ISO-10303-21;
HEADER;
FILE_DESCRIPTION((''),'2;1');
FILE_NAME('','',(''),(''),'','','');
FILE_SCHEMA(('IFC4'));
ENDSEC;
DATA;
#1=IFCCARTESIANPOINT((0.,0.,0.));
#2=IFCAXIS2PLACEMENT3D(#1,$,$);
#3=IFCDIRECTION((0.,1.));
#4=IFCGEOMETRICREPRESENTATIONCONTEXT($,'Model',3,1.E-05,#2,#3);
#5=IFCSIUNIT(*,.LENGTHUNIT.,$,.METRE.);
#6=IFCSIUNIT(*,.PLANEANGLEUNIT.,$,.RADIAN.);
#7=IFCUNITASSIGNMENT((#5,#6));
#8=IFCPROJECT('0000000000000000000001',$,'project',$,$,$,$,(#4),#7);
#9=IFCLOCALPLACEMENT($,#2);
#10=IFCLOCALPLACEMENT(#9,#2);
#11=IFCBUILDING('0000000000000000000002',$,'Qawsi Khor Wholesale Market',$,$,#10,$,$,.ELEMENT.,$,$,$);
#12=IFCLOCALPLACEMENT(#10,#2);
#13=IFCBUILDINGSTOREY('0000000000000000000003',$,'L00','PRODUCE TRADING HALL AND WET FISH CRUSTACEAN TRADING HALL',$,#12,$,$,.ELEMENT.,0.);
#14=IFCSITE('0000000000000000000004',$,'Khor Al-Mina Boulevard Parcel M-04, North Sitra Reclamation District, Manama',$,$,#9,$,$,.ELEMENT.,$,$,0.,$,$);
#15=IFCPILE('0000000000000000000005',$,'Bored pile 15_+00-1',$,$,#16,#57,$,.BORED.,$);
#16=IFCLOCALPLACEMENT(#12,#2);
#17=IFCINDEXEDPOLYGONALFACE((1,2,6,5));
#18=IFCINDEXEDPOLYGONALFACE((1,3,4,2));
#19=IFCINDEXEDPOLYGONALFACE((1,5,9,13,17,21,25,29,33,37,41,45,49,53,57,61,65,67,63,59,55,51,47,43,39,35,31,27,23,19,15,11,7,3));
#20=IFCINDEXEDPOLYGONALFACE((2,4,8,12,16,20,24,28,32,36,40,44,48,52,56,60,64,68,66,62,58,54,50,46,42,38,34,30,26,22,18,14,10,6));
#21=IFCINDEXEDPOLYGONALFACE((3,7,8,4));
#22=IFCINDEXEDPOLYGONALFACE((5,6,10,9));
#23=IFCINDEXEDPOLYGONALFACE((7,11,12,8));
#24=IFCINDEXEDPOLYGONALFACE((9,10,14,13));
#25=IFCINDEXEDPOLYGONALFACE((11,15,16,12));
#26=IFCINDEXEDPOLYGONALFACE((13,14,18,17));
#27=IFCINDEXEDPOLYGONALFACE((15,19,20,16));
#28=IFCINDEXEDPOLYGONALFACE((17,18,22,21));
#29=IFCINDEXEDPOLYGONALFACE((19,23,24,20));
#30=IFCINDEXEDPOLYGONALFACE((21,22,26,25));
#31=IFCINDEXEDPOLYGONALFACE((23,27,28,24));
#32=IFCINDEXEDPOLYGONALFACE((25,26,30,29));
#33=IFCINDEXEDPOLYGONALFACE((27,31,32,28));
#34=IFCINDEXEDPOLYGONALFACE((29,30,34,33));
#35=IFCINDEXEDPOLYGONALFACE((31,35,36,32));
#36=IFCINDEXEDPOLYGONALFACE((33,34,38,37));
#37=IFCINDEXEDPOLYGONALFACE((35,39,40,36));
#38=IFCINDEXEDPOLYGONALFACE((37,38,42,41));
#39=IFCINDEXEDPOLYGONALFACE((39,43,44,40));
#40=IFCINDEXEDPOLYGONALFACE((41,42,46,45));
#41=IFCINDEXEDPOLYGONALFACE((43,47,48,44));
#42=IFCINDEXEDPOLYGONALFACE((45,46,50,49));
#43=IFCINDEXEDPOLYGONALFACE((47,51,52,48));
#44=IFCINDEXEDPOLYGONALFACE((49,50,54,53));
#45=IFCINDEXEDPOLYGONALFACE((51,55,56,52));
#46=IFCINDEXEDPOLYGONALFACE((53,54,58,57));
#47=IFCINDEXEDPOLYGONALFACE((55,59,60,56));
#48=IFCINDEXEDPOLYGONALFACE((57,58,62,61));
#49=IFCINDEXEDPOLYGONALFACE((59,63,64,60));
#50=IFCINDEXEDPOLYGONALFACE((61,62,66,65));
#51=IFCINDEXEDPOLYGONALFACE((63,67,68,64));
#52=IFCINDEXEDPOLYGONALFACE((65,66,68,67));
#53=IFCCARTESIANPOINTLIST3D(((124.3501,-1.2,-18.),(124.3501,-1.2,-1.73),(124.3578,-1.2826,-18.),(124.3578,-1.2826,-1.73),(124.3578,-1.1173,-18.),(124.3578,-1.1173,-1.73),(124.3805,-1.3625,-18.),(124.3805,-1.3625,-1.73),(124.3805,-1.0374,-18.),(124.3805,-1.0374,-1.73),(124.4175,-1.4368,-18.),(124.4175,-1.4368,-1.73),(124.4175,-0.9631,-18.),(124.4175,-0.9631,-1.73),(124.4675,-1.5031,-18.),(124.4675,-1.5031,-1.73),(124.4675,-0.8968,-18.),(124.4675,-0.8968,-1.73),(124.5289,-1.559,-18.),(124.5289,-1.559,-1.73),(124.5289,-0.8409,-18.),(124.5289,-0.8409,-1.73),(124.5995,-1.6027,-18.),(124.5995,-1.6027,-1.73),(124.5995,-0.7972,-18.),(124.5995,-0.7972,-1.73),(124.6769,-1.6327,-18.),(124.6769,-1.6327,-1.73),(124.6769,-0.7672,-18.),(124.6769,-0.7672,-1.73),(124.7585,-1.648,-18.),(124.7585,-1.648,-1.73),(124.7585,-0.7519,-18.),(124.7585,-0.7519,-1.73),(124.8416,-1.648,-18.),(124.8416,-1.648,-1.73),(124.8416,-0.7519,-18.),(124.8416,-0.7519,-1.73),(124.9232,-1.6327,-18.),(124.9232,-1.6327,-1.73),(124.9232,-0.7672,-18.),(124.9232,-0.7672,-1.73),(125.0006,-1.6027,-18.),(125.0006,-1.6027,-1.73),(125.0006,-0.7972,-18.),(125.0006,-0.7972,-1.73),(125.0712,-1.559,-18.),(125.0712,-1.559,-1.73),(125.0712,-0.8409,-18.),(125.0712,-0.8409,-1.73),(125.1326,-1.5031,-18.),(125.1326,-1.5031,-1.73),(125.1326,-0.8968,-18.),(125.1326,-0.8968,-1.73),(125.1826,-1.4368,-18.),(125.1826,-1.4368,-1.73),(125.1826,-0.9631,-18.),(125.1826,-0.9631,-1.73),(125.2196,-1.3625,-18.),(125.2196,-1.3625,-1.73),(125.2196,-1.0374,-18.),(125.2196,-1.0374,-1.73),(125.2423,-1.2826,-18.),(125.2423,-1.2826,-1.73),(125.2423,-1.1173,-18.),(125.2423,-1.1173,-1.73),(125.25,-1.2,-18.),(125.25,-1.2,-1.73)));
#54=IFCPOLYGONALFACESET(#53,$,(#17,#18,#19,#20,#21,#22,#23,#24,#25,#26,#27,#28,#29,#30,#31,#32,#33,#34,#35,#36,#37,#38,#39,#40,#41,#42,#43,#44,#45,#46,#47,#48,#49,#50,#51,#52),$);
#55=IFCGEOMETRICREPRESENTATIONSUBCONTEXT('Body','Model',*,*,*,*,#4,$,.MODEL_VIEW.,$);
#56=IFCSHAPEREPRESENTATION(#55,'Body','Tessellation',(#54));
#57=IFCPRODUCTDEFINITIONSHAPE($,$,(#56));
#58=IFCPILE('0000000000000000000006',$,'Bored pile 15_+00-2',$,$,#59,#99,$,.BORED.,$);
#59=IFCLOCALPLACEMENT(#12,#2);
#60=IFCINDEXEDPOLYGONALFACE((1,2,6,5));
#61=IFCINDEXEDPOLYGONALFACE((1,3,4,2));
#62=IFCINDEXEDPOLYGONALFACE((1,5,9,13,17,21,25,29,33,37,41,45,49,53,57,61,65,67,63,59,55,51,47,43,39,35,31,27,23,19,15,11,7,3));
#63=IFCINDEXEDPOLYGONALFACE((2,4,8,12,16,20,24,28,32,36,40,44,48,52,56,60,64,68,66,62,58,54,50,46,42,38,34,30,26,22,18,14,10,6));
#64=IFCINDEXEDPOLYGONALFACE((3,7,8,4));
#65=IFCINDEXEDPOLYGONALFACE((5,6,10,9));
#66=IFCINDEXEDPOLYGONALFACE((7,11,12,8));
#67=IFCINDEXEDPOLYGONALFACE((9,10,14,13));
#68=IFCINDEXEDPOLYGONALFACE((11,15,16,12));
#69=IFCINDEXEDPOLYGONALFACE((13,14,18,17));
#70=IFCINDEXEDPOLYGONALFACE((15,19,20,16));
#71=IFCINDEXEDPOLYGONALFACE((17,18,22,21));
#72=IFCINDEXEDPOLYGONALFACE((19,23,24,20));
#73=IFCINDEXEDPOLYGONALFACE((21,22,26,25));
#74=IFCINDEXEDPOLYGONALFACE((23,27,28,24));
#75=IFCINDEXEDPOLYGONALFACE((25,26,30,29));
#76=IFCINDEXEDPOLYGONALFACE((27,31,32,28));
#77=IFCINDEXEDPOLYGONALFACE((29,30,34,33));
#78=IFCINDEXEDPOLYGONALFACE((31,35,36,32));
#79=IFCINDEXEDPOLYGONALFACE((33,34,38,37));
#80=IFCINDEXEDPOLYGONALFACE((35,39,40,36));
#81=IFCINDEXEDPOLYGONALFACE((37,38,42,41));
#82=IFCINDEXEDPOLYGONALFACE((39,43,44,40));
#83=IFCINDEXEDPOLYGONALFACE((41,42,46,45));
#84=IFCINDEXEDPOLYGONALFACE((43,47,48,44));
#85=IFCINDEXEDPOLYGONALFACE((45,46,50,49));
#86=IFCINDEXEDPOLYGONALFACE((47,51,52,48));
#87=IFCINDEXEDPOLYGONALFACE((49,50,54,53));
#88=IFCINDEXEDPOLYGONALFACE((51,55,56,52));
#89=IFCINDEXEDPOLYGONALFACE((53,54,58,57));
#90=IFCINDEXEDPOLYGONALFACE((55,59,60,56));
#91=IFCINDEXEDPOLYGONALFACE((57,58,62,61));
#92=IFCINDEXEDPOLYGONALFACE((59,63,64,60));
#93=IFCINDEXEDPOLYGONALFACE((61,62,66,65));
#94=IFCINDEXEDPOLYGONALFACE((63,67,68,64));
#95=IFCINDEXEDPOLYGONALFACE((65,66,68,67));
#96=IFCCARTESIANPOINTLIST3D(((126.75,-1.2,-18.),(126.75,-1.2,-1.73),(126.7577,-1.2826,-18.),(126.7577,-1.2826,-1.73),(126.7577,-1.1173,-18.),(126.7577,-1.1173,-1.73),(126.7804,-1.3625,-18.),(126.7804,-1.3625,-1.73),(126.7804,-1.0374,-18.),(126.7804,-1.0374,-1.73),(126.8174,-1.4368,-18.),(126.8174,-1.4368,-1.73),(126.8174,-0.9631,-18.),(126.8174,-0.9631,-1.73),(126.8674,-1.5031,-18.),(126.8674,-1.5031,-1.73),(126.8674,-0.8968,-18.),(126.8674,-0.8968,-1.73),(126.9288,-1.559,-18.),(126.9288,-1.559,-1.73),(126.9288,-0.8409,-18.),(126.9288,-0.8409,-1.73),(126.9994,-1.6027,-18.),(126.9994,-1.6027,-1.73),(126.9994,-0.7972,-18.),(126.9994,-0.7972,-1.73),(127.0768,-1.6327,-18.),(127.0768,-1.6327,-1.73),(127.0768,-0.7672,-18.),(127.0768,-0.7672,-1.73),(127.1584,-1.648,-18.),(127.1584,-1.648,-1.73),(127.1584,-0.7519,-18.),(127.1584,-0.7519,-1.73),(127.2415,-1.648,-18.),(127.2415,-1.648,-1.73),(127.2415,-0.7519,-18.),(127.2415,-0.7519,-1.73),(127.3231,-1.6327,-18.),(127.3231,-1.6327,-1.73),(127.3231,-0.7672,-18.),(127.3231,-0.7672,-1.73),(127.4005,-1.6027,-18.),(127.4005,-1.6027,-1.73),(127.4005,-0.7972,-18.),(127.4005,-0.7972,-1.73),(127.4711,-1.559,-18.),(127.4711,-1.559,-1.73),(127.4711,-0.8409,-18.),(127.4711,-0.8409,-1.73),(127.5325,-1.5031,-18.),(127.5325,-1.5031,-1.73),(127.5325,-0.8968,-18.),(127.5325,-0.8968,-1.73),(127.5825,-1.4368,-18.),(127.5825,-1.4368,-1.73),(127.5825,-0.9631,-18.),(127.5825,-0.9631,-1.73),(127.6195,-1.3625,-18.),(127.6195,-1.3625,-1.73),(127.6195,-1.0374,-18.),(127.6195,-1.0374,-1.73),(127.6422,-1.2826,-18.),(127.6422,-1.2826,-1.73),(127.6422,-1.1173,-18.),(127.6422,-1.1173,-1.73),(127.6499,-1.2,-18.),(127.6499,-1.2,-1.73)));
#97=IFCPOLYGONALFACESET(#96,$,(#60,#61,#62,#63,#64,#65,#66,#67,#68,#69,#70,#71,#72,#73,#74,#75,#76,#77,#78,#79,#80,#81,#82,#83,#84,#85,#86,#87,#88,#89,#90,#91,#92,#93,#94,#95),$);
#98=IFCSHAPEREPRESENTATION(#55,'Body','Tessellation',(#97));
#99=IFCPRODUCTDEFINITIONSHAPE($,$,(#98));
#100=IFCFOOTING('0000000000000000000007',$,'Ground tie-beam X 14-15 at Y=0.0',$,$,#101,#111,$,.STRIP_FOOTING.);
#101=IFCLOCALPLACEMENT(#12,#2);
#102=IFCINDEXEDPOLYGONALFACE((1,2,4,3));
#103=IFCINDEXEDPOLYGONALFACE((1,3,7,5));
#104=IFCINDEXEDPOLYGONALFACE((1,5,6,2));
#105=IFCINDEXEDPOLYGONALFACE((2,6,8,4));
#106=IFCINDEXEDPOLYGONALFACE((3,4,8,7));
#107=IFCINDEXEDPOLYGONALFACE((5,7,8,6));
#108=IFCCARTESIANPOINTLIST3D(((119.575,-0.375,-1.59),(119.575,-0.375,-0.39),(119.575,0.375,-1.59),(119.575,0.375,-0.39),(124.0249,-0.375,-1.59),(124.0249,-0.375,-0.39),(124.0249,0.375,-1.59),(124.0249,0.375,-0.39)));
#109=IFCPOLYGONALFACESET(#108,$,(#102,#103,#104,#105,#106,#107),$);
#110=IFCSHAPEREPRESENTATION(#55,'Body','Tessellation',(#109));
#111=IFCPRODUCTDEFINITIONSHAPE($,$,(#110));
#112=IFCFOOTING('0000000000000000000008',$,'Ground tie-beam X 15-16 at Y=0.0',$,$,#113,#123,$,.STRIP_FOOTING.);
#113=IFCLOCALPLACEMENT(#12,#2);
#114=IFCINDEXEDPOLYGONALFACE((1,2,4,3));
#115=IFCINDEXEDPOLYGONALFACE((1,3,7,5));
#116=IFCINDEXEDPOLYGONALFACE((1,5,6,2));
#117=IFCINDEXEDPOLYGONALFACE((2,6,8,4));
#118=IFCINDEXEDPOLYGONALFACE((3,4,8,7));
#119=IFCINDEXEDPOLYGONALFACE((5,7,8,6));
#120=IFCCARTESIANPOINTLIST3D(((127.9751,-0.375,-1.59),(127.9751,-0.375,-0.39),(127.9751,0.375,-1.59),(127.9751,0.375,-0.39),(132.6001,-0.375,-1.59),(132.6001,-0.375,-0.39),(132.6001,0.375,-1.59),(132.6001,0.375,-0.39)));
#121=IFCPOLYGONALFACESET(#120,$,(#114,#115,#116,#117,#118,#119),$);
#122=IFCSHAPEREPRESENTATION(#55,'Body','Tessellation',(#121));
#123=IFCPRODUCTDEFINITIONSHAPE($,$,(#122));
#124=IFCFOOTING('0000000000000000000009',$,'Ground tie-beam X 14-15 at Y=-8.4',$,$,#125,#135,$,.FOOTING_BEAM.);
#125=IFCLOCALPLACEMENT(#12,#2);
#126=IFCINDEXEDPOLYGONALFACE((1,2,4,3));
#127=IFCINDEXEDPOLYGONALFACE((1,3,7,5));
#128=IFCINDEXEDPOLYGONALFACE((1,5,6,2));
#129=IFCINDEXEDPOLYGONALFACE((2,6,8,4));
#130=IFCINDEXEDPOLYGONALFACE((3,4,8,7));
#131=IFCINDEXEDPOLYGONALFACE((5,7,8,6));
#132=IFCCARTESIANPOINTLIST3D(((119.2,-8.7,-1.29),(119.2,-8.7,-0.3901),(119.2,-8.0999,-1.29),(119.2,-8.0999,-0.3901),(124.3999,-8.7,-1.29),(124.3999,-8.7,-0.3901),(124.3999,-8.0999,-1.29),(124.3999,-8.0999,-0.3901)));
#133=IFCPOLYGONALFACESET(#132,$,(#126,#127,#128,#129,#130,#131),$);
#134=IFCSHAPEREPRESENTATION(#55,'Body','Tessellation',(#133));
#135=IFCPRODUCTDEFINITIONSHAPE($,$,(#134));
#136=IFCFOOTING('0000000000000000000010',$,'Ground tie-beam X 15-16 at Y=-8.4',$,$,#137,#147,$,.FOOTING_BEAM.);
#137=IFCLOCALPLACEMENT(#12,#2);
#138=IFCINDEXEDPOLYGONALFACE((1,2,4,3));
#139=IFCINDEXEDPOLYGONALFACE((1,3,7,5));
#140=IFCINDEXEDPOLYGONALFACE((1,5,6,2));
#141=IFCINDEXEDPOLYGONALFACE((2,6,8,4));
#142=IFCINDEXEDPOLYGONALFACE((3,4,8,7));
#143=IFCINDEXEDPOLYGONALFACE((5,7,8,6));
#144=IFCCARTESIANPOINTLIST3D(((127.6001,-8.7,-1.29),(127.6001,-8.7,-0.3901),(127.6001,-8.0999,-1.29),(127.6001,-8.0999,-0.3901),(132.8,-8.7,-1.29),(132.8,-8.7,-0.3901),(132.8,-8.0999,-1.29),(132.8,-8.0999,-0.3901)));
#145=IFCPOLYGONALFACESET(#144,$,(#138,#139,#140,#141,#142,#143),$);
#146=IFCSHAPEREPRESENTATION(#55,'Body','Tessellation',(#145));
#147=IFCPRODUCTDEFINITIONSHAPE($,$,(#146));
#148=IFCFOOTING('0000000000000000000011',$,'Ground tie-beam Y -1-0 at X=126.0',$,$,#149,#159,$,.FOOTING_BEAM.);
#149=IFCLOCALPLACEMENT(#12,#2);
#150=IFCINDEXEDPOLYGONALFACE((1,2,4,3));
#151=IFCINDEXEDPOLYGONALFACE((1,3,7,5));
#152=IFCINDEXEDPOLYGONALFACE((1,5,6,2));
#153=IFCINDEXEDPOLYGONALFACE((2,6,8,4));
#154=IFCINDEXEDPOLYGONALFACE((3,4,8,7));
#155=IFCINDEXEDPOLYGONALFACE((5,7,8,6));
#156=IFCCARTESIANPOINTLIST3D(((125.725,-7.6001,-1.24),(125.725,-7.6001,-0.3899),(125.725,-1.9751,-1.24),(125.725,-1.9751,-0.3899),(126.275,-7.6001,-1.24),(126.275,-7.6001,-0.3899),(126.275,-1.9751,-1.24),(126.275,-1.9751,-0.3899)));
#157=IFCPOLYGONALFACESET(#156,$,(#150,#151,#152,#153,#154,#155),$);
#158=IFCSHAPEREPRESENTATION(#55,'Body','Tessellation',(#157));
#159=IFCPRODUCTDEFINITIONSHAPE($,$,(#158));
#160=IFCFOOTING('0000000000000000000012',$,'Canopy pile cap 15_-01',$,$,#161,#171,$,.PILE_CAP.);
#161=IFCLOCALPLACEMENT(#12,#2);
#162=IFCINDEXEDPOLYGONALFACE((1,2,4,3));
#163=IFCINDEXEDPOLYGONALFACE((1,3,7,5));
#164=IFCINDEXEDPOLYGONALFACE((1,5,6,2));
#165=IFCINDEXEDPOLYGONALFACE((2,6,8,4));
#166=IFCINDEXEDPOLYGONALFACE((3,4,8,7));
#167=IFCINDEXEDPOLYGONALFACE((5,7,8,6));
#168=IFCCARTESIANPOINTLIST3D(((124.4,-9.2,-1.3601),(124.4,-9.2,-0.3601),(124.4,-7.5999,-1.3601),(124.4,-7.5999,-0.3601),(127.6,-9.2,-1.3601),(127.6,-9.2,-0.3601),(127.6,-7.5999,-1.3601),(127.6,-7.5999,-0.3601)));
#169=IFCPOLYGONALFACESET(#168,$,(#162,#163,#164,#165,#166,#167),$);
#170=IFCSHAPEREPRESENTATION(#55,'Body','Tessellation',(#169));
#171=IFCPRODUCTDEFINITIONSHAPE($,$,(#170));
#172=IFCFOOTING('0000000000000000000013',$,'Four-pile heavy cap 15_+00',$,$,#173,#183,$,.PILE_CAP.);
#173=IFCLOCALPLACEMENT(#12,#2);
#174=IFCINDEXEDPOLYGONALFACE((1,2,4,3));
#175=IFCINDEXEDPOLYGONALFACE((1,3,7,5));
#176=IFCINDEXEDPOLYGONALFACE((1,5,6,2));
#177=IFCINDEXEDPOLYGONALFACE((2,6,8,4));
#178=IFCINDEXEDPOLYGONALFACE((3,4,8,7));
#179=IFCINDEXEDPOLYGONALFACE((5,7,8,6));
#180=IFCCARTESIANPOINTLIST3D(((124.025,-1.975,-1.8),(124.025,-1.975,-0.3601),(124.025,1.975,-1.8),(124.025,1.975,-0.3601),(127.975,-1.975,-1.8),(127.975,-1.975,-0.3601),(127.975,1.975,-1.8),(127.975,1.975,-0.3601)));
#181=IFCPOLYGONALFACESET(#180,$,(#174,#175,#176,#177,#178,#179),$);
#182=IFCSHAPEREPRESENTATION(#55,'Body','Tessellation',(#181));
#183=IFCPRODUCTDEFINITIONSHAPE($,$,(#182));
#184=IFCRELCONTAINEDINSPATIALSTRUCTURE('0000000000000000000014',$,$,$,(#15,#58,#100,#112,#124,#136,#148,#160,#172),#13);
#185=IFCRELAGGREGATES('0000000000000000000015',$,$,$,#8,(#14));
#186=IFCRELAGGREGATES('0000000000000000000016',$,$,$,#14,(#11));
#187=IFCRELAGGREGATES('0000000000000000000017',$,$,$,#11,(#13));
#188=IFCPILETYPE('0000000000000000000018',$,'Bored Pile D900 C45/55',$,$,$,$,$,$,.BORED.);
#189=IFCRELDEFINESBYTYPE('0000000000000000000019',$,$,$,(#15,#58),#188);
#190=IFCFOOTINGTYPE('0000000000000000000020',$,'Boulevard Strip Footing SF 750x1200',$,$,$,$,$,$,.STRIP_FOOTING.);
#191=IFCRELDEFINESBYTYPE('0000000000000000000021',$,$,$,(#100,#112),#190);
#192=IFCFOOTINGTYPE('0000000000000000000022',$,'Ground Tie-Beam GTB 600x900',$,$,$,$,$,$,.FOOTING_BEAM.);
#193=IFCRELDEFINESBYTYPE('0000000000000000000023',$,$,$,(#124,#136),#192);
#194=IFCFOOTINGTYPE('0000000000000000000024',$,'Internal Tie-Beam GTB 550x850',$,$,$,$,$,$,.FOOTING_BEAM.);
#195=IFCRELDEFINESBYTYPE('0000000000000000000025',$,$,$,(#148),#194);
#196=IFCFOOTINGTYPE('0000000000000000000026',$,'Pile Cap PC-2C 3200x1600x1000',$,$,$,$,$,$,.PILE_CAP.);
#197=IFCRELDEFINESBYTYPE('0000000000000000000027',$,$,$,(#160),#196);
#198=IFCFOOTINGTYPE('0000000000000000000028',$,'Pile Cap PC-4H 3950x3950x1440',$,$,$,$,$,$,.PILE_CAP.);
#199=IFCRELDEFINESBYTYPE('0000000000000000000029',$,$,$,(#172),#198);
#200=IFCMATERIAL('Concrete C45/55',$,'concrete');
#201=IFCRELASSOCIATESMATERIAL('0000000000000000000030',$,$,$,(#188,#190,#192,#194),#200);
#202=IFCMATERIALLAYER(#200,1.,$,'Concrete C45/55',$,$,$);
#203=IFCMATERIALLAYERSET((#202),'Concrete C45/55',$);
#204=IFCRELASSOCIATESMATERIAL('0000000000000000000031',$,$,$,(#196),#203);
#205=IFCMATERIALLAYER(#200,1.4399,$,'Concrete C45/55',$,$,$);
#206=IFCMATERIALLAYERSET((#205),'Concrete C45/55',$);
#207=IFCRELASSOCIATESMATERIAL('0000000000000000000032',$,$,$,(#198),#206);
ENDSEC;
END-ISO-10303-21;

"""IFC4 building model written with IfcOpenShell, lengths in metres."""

from ifc_helpers import new_model, si_unit, direction, frame, origin, origin_2d, place, context, subcontext, project, spatial, rectangle, circle, extrude, material, layer, layer_set, material_profile, profile_set, type_object, element, save


model = new_model("IFC4")

# Units and contexts
model_context = context("Model", 3, precision=1e-05, world=origin(), true_north=direction((0.0, 1.0)))
body_context = subcontext(model_context, "Body", "Model", "MODEL_VIEW")
ifc_project = project(units=[si_unit("LENGTHUNIT", "METRE"), si_unit("PLANEANGLEUNIT", "RADIAN")], contexts=[model_context])

# Site, building, storey
site_placement = place(None, origin())
site = spatial("IfcSite", under=ifc_project, at=site_placement, Name="Khor Al-Mina Boulevard Parcel M-04, North Sitra Reclamation District, Manama", CompositionType="ELEMENT", RefElevation=0.0)
building_placement = place(site_placement, origin())
building = spatial("IfcBuilding", under=site, at=building_placement, Name="Qawsi Khor Wholesale Market", CompositionType="ELEMENT")
storey_placement = place(building_placement, origin())
storey = spatial("IfcBuildingStorey", under=building, at=storey_placement, Name="L00", Description="PRODUCE TRADING HALL AND WET FISH CRUSTACEAN TRADING HALL", CompositionType="ELEMENT", Elevation=0.0)

# Piles
ifc_material_1 = material(Name="Concrete C45/55", Category="concrete")
ifc_material_profile_1 = material_profile(ifc_material_1, circle(Radius=0.45, at=origin_2d()), Name="PILE D900")
ifc_profile_set_1 = profile_set([ifc_material_profile_1], Name="Concrete C45/55")
pile_type_1 = type_object("IfcPileType", Name="Bored Pile D900 C45/55", PredefinedType="BORED", material=ifc_profile_set_1)
for number, where, z_axis, x_axis, name in (
    (1, (124.8, -1.2, -1.73), (0.0, 0.0, -1.0), (1.0, 0.0, 0.0), "Bored pile 15_+00-1"),
    (2, (127.2, -1.2, -1.73), (0.0, 0.0, -1.0), (1.0, 0.0, 0.0), "Bored pile 15_+00-2"),
):
    element("IfcPile", number, at=place(storey_placement, frame(where, z_axis=z_axis, x_axis=x_axis)), inside=storey, type_object=pile_type_1, Name=name, PredefinedType="BORED", context=body_context, shape_type="SweptSolid", body=[
        extrude(circle(Radius=0.45, at=origin_2d()), origin(), (0.0, 0.0, 1.0), 16.27),
    ])

# Footings
ifc_material_profile_2 = material_profile(ifc_material_1, rectangle(XDim=0.75, YDim=1.2, at=origin_2d()), Name="RC 750x1200")
ifc_profile_set_2 = profile_set([ifc_material_profile_2], Name="Concrete C45/55")
footing_type_1 = type_object("IfcFootingType", Name="Boulevard Strip Footing SF 750x1200", PredefinedType="STRIP_FOOTING", material=ifc_profile_set_2)
footing_1_placement = place(storey_placement, frame((119.575, 0.0, -0.99), z_axis=(1.0, 0.0, 0.0), x_axis=(0.0, 1.0, 0.0)))
element("IfcFooting", 3, at=footing_1_placement, inside=storey, type_object=footing_type_1, Name="Ground tie-beam X 14-15 at Y=0.0", PredefinedType="STRIP_FOOTING", context=body_context, shape_type="SweptSolid", body=[
    extrude(rectangle(XDim=0.75, YDim=1.2, at=origin_2d()), origin(), (0.0, 0.0, 1.0), 4.45),
])
footing_2_placement = place(storey_placement, frame((127.9751, 0.0, -0.99), z_axis=(1.0, 0.0, 0.0), x_axis=(0.0, 1.0, 0.0)))
element("IfcFooting", 4, at=footing_2_placement, inside=storey, type_object=footing_type_1, Name="Ground tie-beam X 15-16 at Y=0.0", PredefinedType="STRIP_FOOTING", context=body_context, shape_type="SweptSolid", body=[
    extrude(rectangle(XDim=0.75, YDim=1.2, at=origin_2d()), origin(), (0.0, 0.0, 1.0), 4.625),
])
ifc_material_profile_3 = material_profile(ifc_material_1, rectangle(XDim=0.6001, YDim=0.8999, at=origin_2d()), Name="RC 600x900")
ifc_profile_set_3 = profile_set([ifc_material_profile_3], Name="Concrete C45/55")
footing_type_2 = type_object("IfcFootingType", Name="Ground Tie-Beam GTB 600x900", PredefinedType="FOOTING_BEAM", material=ifc_profile_set_3)
for number, where, z_axis, x_axis, name in (
    (5, (119.2, -8.3999, -0.8401), (1.0, 0.0, 0.0), (0.0, 1.0, 0.0), "Ground tie-beam X 14-15 at Y=-8.4"),
    (6, (127.6001, -8.3999, -0.8401), (1.0, 0.0, 0.0), (0.0, 1.0, 0.0), "Ground tie-beam X 15-16 at Y=-8.4"),
):
    element("IfcFooting", number, at=place(storey_placement, frame(where, z_axis=z_axis, x_axis=x_axis)), inside=storey, type_object=footing_type_2, Name=name, PredefinedType="FOOTING_BEAM", context=body_context, shape_type="SweptSolid", body=[
        extrude(rectangle(XDim=0.6001, YDim=0.8999, at=origin_2d()), origin(), (0.0, 0.0, 1.0), 5.2),
    ])
ifc_material_profile_4 = material_profile(ifc_material_1, rectangle(XDim=0.55, YDim=0.8501, at=origin_2d()), Name="RC 550x850")
ifc_profile_set_4 = profile_set([ifc_material_profile_4], Name="Concrete C45/55")
footing_type_3 = type_object("IfcFootingType", Name="Internal Tie-Beam GTB 550x850", PredefinedType="FOOTING_BEAM", material=ifc_profile_set_4)
footing_3_placement = place(storey_placement, frame((126.0, -7.6001, -0.8149), z_axis=(0.0, 1.0, 0.0), x_axis=(-1.0, 0.0, 0.0)))
element("IfcFooting", 7, at=footing_3_placement, inside=storey, type_object=footing_type_3, Name="Ground tie-beam Y -1-0 at X=126.0", PredefinedType="FOOTING_BEAM", context=body_context, shape_type="SweptSolid", body=[
    extrude(rectangle(XDim=0.55, YDim=0.8501, at=origin_2d()), origin(), (0.0, 0.0, 1.0), 5.625),
])
ifc_layer_1 = layer(ifc_material_1, 1.0, Name="Concrete C45/55")
ifc_layer_set_1 = layer_set([ifc_layer_1], Name="Concrete C45/55")
footing_type_4 = type_object("IfcFootingType", Name="Pile Cap PC-2C 3200x1600x1000", PredefinedType="PILE_CAP", material=ifc_layer_set_1)
footing_4_placement = place(storey_placement, frame((126.0, -8.3999, -1.3601), z_axis=(0.0, 0.0, 1.0), x_axis=(1.0, 0.0, 0.0)))
element("IfcFooting", 8, at=footing_4_placement, inside=storey, type_object=footing_type_4, Name="Canopy pile cap 15_-01", PredefinedType="PILE_CAP", context=body_context, shape_type="SweptSolid", body=[
    extrude(rectangle(XDim=3.2, YDim=1.6001, at=origin_2d()), origin(), (0.0, 0.0, 1.0), 1.0),
])
ifc_layer_2 = layer(ifc_material_1, 1.4399, Name="Concrete C45/55")
ifc_layer_set_2 = layer_set([ifc_layer_2], Name="Concrete C45/55")
footing_type_5 = type_object("IfcFootingType", Name="Pile Cap PC-4H 3950x3950x1440", PredefinedType="PILE_CAP", material=ifc_layer_set_2)
footing_5_placement = place(storey_placement, frame((126.0, 0.0, -1.8), z_axis=(0.0, 0.0, 1.0), x_axis=(1.0, 0.0, 0.0)))
element("IfcFooting", 9, at=footing_5_placement, inside=storey, type_object=footing_type_5, Name="Four-pile heavy cap 15_+00", PredefinedType="PILE_CAP", context=body_context, shape_type="SweptSolid", body=[
    extrude(rectangle(XDim=3.95, YDim=3.95, at=origin_2d()), origin(), (0.0, 0.0, 1.0), 1.4399),
])

save(model, "model.ifc")
